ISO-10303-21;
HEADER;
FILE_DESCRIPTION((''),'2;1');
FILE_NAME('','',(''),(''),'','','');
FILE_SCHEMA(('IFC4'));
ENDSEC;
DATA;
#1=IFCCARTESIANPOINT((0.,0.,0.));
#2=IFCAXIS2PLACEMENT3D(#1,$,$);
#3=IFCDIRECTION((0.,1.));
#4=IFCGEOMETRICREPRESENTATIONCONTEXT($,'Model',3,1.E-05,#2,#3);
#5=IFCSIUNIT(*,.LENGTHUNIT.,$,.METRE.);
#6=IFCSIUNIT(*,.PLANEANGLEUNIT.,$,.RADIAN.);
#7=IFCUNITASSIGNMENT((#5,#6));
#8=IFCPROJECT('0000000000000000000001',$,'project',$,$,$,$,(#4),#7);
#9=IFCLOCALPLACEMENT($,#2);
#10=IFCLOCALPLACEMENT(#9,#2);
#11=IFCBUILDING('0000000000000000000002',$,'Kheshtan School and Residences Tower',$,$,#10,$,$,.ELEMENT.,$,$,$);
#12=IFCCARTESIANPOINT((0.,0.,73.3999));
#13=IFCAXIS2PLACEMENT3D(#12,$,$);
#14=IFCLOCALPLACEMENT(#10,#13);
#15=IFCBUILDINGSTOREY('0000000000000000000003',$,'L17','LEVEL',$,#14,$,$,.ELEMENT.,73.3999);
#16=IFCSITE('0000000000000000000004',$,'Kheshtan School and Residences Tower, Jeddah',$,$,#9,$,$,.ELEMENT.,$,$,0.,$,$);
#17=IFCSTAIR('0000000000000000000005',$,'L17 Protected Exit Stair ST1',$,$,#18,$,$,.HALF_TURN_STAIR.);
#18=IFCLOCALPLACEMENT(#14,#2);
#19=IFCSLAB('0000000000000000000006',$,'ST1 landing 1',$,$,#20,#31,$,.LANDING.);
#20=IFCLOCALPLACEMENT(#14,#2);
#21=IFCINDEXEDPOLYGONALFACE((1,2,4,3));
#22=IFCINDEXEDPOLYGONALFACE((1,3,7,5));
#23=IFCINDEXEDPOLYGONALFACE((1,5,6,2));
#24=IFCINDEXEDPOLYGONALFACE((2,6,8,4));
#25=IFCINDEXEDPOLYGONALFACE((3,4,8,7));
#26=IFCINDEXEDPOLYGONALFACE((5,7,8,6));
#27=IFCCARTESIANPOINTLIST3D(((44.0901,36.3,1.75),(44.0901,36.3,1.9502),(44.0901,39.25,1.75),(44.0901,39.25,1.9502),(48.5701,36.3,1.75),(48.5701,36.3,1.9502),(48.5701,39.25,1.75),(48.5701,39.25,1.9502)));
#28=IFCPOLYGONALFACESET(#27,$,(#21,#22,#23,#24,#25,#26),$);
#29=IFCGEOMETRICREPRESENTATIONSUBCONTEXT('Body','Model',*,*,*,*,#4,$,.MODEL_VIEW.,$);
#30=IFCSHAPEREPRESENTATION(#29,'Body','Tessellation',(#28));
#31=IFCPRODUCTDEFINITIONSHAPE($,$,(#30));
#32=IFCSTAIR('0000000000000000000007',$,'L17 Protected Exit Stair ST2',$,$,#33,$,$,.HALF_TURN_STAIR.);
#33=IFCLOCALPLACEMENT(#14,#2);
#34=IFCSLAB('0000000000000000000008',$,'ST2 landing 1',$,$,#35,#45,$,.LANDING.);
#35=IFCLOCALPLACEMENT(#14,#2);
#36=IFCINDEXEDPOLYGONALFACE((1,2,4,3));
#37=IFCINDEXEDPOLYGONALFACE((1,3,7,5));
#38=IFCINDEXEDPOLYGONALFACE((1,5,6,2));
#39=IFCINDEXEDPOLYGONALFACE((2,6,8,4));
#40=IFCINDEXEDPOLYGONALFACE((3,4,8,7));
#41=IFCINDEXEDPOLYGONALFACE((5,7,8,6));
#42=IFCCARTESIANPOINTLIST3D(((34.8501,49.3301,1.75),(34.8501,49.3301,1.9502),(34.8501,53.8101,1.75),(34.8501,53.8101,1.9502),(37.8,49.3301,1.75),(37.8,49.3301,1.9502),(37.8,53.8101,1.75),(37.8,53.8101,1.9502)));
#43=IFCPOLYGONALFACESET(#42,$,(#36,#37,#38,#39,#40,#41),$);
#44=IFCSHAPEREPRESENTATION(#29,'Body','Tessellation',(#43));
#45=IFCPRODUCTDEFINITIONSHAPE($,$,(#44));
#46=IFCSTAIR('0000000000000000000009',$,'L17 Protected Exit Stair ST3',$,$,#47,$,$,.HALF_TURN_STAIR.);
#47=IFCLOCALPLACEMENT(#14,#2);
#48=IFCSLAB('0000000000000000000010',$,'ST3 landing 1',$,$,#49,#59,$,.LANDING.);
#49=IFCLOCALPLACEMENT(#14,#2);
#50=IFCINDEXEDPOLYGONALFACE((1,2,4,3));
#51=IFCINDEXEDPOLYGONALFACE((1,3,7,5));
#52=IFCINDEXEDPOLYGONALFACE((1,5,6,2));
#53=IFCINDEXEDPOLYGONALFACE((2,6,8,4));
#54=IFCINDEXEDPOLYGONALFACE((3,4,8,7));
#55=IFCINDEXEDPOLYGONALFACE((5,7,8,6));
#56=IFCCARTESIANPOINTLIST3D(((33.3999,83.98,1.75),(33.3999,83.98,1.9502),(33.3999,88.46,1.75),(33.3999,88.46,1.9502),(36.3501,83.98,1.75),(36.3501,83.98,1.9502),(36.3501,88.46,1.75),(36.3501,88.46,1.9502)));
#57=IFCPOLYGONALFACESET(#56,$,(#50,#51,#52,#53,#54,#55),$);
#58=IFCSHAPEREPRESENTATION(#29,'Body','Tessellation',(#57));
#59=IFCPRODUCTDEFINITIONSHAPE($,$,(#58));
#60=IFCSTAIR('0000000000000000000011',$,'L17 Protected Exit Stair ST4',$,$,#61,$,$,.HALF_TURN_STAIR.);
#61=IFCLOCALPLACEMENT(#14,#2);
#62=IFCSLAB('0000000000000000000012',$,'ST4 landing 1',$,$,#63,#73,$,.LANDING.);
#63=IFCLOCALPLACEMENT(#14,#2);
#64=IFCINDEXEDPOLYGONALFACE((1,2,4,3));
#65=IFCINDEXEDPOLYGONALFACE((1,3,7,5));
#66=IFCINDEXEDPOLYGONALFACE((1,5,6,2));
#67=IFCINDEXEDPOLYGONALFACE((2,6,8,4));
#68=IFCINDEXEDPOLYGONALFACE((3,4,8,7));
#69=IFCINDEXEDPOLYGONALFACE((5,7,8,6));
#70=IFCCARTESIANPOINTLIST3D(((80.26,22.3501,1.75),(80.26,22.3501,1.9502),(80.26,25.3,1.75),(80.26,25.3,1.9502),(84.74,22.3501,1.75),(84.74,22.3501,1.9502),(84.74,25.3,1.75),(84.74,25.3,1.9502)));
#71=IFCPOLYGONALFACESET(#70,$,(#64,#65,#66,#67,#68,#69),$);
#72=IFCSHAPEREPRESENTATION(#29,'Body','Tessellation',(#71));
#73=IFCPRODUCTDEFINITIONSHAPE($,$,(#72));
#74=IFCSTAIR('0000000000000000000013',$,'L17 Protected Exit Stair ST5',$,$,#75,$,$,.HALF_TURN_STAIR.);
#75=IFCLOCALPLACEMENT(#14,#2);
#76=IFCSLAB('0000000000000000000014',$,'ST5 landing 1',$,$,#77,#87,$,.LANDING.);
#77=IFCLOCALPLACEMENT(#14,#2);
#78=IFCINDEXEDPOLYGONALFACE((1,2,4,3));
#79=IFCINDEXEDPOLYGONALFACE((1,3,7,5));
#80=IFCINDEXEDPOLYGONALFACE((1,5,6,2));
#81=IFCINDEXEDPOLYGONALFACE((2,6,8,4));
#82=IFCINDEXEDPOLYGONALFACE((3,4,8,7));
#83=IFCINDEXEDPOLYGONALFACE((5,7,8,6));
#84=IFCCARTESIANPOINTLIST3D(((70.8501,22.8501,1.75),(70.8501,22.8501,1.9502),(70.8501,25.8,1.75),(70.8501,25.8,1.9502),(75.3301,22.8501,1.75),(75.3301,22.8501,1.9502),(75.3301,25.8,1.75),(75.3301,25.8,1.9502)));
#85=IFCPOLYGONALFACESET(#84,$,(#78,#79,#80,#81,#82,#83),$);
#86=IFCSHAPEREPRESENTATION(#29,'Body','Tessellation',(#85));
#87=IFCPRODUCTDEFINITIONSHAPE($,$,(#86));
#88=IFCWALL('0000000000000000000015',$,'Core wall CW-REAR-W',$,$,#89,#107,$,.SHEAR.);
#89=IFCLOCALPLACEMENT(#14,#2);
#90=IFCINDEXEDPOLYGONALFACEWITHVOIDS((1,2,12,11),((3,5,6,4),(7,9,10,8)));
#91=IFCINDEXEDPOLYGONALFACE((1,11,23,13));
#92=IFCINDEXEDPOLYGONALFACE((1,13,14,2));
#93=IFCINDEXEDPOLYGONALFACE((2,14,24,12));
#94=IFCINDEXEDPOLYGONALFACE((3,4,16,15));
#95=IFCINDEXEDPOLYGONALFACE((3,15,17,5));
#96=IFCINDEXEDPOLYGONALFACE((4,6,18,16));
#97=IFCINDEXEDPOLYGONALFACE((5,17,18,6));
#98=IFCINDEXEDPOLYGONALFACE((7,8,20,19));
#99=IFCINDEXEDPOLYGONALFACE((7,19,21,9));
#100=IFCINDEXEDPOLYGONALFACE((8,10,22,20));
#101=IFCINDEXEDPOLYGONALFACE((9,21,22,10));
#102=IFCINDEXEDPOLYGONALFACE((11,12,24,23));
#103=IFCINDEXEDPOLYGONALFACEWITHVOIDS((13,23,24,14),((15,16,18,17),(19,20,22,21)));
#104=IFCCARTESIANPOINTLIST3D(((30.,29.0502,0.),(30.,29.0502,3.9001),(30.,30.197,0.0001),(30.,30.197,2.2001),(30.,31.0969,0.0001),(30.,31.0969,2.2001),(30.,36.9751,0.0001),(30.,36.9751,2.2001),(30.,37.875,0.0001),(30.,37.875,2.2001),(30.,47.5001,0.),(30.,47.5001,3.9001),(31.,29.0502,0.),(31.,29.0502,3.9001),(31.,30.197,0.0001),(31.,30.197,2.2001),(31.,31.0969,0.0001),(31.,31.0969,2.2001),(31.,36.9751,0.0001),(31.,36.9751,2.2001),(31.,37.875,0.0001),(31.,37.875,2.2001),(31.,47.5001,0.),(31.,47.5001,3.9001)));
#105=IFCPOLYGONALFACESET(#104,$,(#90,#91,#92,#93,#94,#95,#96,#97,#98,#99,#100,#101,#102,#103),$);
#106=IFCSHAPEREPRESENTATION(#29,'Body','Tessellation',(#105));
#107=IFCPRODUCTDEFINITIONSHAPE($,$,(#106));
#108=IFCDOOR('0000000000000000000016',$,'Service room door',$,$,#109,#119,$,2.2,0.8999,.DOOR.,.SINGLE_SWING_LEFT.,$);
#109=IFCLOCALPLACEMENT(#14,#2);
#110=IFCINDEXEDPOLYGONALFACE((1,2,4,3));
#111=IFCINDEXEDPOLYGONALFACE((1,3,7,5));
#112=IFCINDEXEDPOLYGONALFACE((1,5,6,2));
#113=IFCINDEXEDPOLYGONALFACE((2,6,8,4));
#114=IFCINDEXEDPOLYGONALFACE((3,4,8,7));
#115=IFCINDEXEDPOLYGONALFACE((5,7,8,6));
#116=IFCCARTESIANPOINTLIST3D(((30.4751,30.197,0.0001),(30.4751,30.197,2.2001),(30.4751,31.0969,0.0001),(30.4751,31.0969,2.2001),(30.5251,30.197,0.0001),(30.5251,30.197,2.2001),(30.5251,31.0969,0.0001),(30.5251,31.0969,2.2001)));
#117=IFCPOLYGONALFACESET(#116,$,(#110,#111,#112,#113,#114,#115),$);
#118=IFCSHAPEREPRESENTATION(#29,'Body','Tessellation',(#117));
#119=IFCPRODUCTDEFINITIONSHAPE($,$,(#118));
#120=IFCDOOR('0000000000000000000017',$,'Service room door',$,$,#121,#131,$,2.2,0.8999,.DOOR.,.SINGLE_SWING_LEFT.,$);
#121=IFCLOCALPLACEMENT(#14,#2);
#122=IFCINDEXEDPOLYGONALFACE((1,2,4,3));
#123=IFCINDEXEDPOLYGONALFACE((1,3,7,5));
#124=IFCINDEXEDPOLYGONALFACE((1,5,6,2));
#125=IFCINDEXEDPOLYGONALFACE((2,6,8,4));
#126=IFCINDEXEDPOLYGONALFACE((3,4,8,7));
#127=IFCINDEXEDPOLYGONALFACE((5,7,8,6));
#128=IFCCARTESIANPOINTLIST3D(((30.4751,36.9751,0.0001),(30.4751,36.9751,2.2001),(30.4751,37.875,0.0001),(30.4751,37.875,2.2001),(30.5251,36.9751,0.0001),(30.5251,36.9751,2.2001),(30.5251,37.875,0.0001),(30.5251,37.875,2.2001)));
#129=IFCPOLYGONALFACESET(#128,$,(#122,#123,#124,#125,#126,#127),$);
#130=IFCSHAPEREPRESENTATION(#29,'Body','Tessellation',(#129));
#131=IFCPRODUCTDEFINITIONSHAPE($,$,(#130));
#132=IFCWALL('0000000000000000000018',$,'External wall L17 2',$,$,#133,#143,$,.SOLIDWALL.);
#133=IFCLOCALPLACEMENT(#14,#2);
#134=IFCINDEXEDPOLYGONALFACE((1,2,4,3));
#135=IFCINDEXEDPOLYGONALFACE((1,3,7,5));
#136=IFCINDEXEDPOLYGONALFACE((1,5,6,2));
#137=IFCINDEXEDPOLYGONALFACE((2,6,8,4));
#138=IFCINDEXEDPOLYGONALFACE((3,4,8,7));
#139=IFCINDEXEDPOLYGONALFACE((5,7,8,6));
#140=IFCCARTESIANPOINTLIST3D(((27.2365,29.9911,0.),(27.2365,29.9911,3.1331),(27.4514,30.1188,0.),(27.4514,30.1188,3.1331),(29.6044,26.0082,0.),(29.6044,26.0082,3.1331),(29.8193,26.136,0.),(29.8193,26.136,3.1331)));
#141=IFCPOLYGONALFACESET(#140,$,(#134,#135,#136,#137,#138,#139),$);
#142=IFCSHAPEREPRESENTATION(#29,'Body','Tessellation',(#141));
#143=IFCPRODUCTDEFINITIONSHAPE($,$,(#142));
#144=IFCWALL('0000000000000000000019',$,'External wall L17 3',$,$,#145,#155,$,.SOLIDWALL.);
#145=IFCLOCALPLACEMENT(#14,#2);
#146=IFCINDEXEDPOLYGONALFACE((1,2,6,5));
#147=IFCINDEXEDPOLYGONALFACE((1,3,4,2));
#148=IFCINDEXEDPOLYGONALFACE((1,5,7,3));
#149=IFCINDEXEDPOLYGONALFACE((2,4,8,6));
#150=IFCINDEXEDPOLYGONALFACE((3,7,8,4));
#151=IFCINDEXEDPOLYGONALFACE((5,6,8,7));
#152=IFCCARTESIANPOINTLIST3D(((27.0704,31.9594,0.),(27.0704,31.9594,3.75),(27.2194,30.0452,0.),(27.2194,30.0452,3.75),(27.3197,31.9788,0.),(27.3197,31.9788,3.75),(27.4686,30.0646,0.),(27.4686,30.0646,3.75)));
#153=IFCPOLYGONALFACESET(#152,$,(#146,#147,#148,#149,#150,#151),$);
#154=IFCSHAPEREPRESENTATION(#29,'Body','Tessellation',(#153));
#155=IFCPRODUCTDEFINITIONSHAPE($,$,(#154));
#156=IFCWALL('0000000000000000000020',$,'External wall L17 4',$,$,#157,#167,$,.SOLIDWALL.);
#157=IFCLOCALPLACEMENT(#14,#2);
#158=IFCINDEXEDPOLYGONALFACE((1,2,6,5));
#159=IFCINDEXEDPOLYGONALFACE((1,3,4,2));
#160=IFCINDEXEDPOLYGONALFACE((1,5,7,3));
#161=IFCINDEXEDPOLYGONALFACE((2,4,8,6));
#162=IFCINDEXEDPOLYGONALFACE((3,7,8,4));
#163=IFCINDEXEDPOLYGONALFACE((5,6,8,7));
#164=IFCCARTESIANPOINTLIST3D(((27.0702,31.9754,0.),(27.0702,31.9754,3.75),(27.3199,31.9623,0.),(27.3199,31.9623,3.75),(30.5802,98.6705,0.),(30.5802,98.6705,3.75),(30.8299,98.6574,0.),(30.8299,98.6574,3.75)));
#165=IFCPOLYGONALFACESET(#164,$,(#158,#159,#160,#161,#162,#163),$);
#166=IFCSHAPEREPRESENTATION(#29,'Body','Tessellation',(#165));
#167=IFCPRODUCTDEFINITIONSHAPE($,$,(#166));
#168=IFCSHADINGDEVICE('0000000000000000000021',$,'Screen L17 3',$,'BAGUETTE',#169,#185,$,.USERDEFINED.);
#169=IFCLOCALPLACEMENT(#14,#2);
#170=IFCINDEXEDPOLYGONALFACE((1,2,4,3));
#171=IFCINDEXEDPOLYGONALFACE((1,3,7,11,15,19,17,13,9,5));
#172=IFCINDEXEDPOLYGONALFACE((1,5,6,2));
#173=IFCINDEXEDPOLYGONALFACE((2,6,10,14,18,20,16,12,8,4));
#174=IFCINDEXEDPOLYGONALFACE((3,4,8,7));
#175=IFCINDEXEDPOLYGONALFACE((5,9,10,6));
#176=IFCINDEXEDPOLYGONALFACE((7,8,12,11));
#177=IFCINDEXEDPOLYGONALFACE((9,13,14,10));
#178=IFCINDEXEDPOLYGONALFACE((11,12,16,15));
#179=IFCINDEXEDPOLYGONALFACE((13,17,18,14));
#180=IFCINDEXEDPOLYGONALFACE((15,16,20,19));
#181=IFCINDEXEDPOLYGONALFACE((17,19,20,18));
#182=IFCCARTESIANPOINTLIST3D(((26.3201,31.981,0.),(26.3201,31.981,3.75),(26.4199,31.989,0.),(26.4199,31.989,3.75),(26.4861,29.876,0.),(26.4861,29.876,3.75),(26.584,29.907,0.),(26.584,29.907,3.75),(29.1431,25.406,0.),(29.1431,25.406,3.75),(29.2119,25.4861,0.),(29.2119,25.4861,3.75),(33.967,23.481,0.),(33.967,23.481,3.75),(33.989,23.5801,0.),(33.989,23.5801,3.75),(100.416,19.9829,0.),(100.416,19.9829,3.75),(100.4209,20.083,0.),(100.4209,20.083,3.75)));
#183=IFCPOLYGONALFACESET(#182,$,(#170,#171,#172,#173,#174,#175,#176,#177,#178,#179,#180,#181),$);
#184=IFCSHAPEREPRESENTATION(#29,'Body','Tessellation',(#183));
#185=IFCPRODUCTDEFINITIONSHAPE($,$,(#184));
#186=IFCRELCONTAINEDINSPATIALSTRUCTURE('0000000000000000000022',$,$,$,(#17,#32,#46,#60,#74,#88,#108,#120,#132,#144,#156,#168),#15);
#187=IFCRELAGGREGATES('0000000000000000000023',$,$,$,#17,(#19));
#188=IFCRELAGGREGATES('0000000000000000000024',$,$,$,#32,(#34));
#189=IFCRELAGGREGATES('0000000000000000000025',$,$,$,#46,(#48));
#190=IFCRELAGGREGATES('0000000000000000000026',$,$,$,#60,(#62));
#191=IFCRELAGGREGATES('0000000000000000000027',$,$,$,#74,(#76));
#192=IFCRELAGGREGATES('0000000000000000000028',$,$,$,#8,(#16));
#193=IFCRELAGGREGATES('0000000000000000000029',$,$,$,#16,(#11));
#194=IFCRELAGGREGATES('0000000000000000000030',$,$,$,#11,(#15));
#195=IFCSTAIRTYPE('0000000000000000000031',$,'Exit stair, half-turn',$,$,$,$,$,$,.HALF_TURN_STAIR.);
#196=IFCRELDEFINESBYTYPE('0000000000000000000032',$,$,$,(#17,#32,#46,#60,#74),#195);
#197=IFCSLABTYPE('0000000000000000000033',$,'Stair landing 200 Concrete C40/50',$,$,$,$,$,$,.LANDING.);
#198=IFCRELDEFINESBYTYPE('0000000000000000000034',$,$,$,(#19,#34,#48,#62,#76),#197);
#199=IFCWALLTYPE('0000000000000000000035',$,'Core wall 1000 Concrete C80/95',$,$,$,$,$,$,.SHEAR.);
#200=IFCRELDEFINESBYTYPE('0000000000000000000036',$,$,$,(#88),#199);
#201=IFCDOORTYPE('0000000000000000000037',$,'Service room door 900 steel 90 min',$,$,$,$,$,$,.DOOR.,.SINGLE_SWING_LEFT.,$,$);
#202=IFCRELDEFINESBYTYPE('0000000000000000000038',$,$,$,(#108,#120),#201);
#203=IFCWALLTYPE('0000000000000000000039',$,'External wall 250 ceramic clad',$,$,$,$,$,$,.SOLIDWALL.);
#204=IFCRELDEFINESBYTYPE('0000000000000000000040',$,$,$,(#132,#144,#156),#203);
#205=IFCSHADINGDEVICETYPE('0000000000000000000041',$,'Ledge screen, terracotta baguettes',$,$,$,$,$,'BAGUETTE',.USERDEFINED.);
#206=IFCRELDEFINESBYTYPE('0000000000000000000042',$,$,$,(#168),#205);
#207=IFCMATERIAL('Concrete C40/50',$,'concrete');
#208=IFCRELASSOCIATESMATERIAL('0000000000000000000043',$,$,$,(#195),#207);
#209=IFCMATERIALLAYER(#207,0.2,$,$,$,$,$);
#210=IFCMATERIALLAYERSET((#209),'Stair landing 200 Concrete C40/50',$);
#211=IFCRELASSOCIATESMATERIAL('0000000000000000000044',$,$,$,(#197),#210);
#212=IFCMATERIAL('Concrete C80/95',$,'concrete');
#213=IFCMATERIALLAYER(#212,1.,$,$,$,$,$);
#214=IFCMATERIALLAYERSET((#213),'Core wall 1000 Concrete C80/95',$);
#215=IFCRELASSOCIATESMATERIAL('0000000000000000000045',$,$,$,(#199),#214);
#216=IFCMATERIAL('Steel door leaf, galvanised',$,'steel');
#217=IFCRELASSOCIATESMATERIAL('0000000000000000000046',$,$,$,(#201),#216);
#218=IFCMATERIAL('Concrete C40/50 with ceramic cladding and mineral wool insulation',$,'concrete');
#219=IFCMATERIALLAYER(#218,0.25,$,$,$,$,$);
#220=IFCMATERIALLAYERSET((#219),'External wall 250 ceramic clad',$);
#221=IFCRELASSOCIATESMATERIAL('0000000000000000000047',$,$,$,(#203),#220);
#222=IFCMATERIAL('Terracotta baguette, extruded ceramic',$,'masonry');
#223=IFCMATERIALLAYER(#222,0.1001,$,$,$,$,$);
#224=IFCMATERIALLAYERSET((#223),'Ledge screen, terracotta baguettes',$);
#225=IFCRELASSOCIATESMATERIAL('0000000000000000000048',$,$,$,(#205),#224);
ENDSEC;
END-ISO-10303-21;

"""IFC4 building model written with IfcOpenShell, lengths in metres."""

from ifc_helpers import new_model, si_unit, direction, frame, frame_2d, origin, place, context, subcontext, project, spatial, polyline, rectangle, outline, extrude, source, transform, mapped, material, layer, layer_set, type_object, element, fill, aggregate, save


model = new_model("IFC4")

# Units and contexts
model_context = context("Model", 3, precision=1e-05, world=origin(), true_north=direction((0.0, 1.0)))
body_context = subcontext(model_context, "Body", "Model", "MODEL_VIEW")
ifc_project = project(units=[si_unit("LENGTHUNIT", "METRE"), si_unit("PLANEANGLEUNIT", "RADIAN")], contexts=[model_context])

# Site, building, storey
site_placement = place(None, origin())
site = spatial("IfcSite", under=ifc_project, at=site_placement, Name="Kheshtan School and Residences Tower, Jeddah", CompositionType="ELEMENT", RefElevation=0.0)
building_placement = place(site_placement, origin())
building = spatial("IfcBuilding", under=site, at=building_placement, Name="Kheshtan School and Residences Tower", CompositionType="ELEMENT")
storey_placement = place(building_placement, frame((0.0, 0.0, 73.3999)))
storey = spatial("IfcBuildingStorey", under=building, at=storey_placement, Name="L17", Description="LEVEL", CompositionType="ELEMENT", Elevation=73.3999)

# Shared definitions
ifc_material_1 = material(Name="Concrete C40/50", Category="concrete")

# Stairs, slabs
stair_type = type_object("IfcStairType", Name="Exit stair, half-turn", PredefinedType="HALF_TURN_STAIR", material=ifc_material_1)
stair_1_placement = place(storey_placement, origin())
stair_1 = element("IfcStair", 1, at=stair_1_placement, inside=storey, type_object=stair_type, Name="L17 Protected Exit Stair ST1", PredefinedType="HALF_TURN_STAIR")
ifc_layer_1 = layer(ifc_material_1, 0.2)
ifc_layer_set_1 = layer_set([ifc_layer_1], Name="Stair landing 200 Concrete C40/50")
slab_type_1 = type_object("IfcSlabType", Name="Stair landing 200 Concrete C40/50", PredefinedType="LANDING", material=ifc_layer_set_1)
slab_1_placement = place(storey_placement, frame((0.0, 0.0, 1.75)))
slab_1 = element("IfcSlab", 2, at=slab_1_placement, type_object=slab_type_1, Name="ST1 landing 1", PredefinedType="LANDING", context=body_context, shape_type="SweptSolid", body=[
    extrude(outline(polyline([(48.5701, 39.25), (44.0901, 39.25), (44.0901, 36.3), (48.5701, 36.3), (48.5701, 39.25)])), origin(), (0.0, 0.0, 1.0), 0.2002),
])
aggregate(stair_1, [slab_1])
stair_2_placement = place(storey_placement, origin())
stair_2 = element("IfcStair", 3, at=stair_2_placement, inside=storey, type_object=stair_type, Name="L17 Protected Exit Stair ST2", PredefinedType="HALF_TURN_STAIR")
slab_2_placement = place(storey_placement, frame((0.0, 0.0, 1.75)))
slab_2 = element("IfcSlab", 4, at=slab_2_placement, type_object=slab_type_1, Name="ST2 landing 1", PredefinedType="LANDING", context=body_context, shape_type="SweptSolid", body=[
    extrude(outline(polyline([(37.8, 49.3301), (37.8, 53.8101), (34.8501, 53.8101), (34.8501, 49.3301), (37.8, 49.3301)])), origin(), (0.0, 0.0, 1.0), 0.2002),
])
aggregate(stair_2, [slab_2])
stair_3_placement = place(storey_placement, origin())
stair_3 = element("IfcStair", 5, at=stair_3_placement, inside=storey, type_object=stair_type, Name="L17 Protected Exit Stair ST3", PredefinedType="HALF_TURN_STAIR")
slab_3_placement = place(storey_placement, frame((0.0, 0.0, 1.75)))
slab_3 = element("IfcSlab", 6, at=slab_3_placement, type_object=slab_type_1, Name="ST3 landing 1", PredefinedType="LANDING", context=body_context, shape_type="SweptSolid", body=[
    extrude(outline(polyline([(36.3501, 83.98), (36.3501, 88.46), (33.3999, 88.46), (33.3999, 83.98), (36.3501, 83.98)])), origin(), (0.0, 0.0, 1.0), 0.2002),
])
aggregate(stair_3, [slab_3])
stair_4_placement = place(storey_placement, origin())
stair_4 = element("IfcStair", 7, at=stair_4_placement, inside=storey, type_object=stair_type, Name="L17 Protected Exit Stair ST4", PredefinedType="HALF_TURN_STAIR")
slab_4_placement = place(storey_placement, frame((0.0, 0.0, 1.75)))
slab_4 = element("IfcSlab", 8, at=slab_4_placement, type_object=slab_type_1, Name="ST4 landing 1", PredefinedType="LANDING", context=body_context, shape_type="SweptSolid", body=[
    extrude(outline(polyline([(84.74, 25.3), (80.26, 25.3), (80.26, 22.3501), (84.74, 22.3501), (84.74, 25.3)])), origin(), (0.0, 0.0, 1.0), 0.2002),
])
aggregate(stair_4, [slab_4])
stair_5_placement = place(storey_placement, origin())
stair_5 = element("IfcStair", 9, at=stair_5_placement, inside=storey, type_object=stair_type, Name="L17 Protected Exit Stair ST5", PredefinedType="HALF_TURN_STAIR")
slab_5_placement = place(storey_placement, frame((0.0, 0.0, 1.75)))
slab_5 = element("IfcSlab", 10, at=slab_5_placement, type_object=slab_type_1, Name="ST5 landing 1", PredefinedType="LANDING", context=body_context, shape_type="SweptSolid", body=[
    extrude(outline(polyline([(75.3301, 25.8), (70.8501, 25.8), (70.8501, 22.8501), (75.3301, 22.8501), (75.3301, 25.8)])), origin(), (0.0, 0.0, 1.0), 0.2002),
])
aggregate(stair_5, [slab_5])

# Wall, openings, doors
ifc_material_2 = material(Name="Concrete C80/95", Category="concrete")
ifc_layer_2 = layer(ifc_material_2, 1.0)
ifc_layer_set_2 = layer_set([ifc_layer_2], Name="Core wall 1000 Concrete C80/95")
wall_type_1 = type_object("IfcWallType", Name="Core wall 1000 Concrete C80/95", PredefinedType="SHEAR", material=ifc_layer_set_2)
wall_1_placement = place(storey_placement, frame((30.5, 29.05, 0.0), z_axis=(0.0, 0.0, 1.0), x_axis=(0.0, 1.0, 0.0)))
wall_1 = element("IfcWall", 11, at=wall_1_placement, inside=storey, type_object=wall_type_1, Name="Core wall CW-REAR-W", PredefinedType="SHEAR", context=body_context, shape_type="SweptSolid", body=[
    extrude(rectangle(XDim=18.45, YDim=1.0, at=frame_2d((9.2251, 0.0))), origin(), (0.0, 0.0, 1.0), 3.9001),
])
opening_1_placement = place(wall_1_placement, frame((1.147, 0.0, 0.0)))
opening_1 = element("IfcOpeningElement", 12, at=opening_1_placement, cuts=wall_1, PredefinedType="OPENING", context=body_context, shape_type="SweptSolid", body=[
    extrude(rectangle(XDim=0.8999, YDim=2.2, at=frame_2d((0.45, 1.1001))), frame((0.0, 0.51, 0.0), z_axis=(0.0, -1.0, 0.0), x_axis=(1.0, 0.0, 0.0)), (0.0, 0.0, 1.0), 1.02),
])
opening_2_placement = place(wall_1_placement, frame((7.925, 0.0, 0.0)))
opening_2 = element("IfcOpeningElement", 13, at=opening_2_placement, cuts=wall_1, PredefinedType="OPENING", context=body_context, shape_type="SweptSolid", body=[
    extrude(rectangle(XDim=0.8999, YDim=2.2, at=frame_2d((0.45, 1.1001))), frame((0.0, 0.51, 0.0), z_axis=(0.0, -1.0, 0.0), x_axis=(1.0, 0.0, 0.0)), (0.0, 0.0, 1.0), 1.02),
])
ifc_material_3 = material(Name="Steel door leaf, galvanised", Category="steel")
door_type = type_object("IfcDoorType", Name="Service room door 900 steel 90 min", OperationType="SINGLE_SWING_LEFT", PredefinedType="DOOR", material=ifc_material_3)
shared_shape = source(origin(), body_context, "Body", "SweptSolid", [
    extrude(rectangle(XDim=0.8999, YDim=2.2, at=frame_2d((0.45, 1.1001))), frame((0.0, 0.0249, 0.0), z_axis=(0.0, -1.0, 0.0), x_axis=(1.0, 0.0, 0.0)), (0.0, 0.0, 1.0), 0.05),
])
door_1_placement = place(opening_1_placement, origin())
door_1 = element("IfcDoor", 14, at=door_1_placement, inside=storey, type_object=door_type, Name="Service room door", OperationType="SINGLE_SWING_LEFT", OverallHeight=2.2, OverallWidth=0.8999, PredefinedType="DOOR", context=body_context, shape_type="MappedRepresentation", body=[
    mapped(shared_shape, transform((0.0, 0.0, 0.0), x_axis=(1.0, 0.0, 0.0), y_axis=(0.0, 1.0, 0.0), z_axis=(0.0, 0.0, 1.0), scale=1.0)),
])
fill(opening_1, door_1)
door_2_placement = place(opening_2_placement, origin())
door_2 = element("IfcDoor", 15, at=door_2_placement, inside=storey, type_object=door_type, Name="Service room door", OperationType="SINGLE_SWING_LEFT", OverallHeight=2.2, OverallWidth=0.8999, PredefinedType="DOOR", context=body_context, shape_type="MappedRepresentation", body=[
    mapped(shared_shape, transform((0.0, 0.0, 0.0), x_axis=(1.0, 0.0, 0.0), y_axis=(0.0, 1.0, 0.0), z_axis=(0.0, 0.0, 1.0), scale=1.0)),
])
fill(opening_2, door_2)

# Walls
ifc_material_4 = material(Name="Concrete C40/50 with ceramic cladding and mineral wool insulation", Category="concrete")
ifc_layer_3 = layer(ifc_material_4, 0.25)
ifc_layer_set_3 = layer_set([ifc_layer_3], Name="External wall 250 ceramic clad")
wall_type_2 = type_object("IfcWallType", Name="External wall 250 ceramic clad", PredefinedType="SOLIDWALL", material=ifc_layer_set_3)
wall_2_placement = place(storey_placement, frame((29.7119, 26.072, 0.0), z_axis=(0.0, 0.0, 1.0), x_axis=(-0.511028, 0.859564, 0.0)))
element("IfcWall", 16, at=wall_2_placement, inside=storey, type_object=wall_type_2, Name="External wall L17 2", PredefinedType="SOLIDWALL", context=body_context, shape_type="SweptSolid", body=[
    extrude(rectangle(XDim=4.6335, YDim=0.25, at=frame_2d((2.3169, 0.0))), origin(), (0.0, 0.0, 1.0), 3.1331),
])
wall_3_placement = place(storey_placement, frame((27.344, 30.0549, 0.0), z_axis=(0.0, 0.0, 1.0), x_axis=(-0.077572, 0.996987, 0.0)))
element("IfcWall", 17, at=wall_3_placement, inside=storey, type_object=wall_type_2, Name="External wall L17 3", PredefinedType="SOLIDWALL", context=body_context, shape_type="SweptSolid", body=[
    extrude(rectangle(XDim=1.9199, YDim=0.25, at=frame_2d((0.96, 0.0))), origin(), (0.0, 0.0, 1.0), 3.75),
])
wall_4_placement = place(storey_placement, frame((27.1951, 31.969, 0.0), z_axis=(0.0, 0.0, 1.0), x_axis=(0.052555, 0.998618, 0.0)))
element("IfcWall", 18, at=wall_4_placement, inside=storey, type_object=wall_type_2, Name="External wall L17 4", PredefinedType="SOLIDWALL", context=body_context, shape_type="SweptSolid", body=[
    extrude(rectangle(XDim=66.7874, YDim=0.25, at=frame_2d((33.3936, 0.0))), origin(), (0.0, 0.0, 1.0), 3.75),
])

# Shading device
ifc_material_5 = material(Name="Terracotta baguette, extruded ceramic", Category="masonry")
ifc_layer_4 = layer(ifc_material_5, 0.1001)
ifc_layer_set_4 = layer_set([ifc_layer_4], Name="Ledge screen, terracotta baguettes")
shading_device_type_1 = type_object("IfcShadingDeviceType", Name="Ledge screen, terracotta baguettes", ElementType="BAGUETTE", PredefinedType="USERDEFINED", material=ifc_layer_set_4)
shading_device_1_placement = place(storey_placement, origin())
element("IfcShadingDevice", 19, at=shading_device_1_placement, inside=storey, type_object=shading_device_type_1, Name="Screen L17 3", ObjectType="BAGUETTE", PredefinedType="USERDEFINED", context=body_context, shape_type="SweptSolid", body=[
    extrude(outline(polyline([(100.4209, 20.083), (33.989, 23.5801), (29.2119, 25.4861), (26.584, 29.907), (26.4199, 31.989), (26.3201, 31.981), (26.4861, 29.876), (29.1431, 25.406), (33.967, 23.481), (100.416, 19.9829), (100.4209, 20.083)])), origin(), (0.0, 0.0, 1.0), 3.75),
])

save(model, "model.ifc")
